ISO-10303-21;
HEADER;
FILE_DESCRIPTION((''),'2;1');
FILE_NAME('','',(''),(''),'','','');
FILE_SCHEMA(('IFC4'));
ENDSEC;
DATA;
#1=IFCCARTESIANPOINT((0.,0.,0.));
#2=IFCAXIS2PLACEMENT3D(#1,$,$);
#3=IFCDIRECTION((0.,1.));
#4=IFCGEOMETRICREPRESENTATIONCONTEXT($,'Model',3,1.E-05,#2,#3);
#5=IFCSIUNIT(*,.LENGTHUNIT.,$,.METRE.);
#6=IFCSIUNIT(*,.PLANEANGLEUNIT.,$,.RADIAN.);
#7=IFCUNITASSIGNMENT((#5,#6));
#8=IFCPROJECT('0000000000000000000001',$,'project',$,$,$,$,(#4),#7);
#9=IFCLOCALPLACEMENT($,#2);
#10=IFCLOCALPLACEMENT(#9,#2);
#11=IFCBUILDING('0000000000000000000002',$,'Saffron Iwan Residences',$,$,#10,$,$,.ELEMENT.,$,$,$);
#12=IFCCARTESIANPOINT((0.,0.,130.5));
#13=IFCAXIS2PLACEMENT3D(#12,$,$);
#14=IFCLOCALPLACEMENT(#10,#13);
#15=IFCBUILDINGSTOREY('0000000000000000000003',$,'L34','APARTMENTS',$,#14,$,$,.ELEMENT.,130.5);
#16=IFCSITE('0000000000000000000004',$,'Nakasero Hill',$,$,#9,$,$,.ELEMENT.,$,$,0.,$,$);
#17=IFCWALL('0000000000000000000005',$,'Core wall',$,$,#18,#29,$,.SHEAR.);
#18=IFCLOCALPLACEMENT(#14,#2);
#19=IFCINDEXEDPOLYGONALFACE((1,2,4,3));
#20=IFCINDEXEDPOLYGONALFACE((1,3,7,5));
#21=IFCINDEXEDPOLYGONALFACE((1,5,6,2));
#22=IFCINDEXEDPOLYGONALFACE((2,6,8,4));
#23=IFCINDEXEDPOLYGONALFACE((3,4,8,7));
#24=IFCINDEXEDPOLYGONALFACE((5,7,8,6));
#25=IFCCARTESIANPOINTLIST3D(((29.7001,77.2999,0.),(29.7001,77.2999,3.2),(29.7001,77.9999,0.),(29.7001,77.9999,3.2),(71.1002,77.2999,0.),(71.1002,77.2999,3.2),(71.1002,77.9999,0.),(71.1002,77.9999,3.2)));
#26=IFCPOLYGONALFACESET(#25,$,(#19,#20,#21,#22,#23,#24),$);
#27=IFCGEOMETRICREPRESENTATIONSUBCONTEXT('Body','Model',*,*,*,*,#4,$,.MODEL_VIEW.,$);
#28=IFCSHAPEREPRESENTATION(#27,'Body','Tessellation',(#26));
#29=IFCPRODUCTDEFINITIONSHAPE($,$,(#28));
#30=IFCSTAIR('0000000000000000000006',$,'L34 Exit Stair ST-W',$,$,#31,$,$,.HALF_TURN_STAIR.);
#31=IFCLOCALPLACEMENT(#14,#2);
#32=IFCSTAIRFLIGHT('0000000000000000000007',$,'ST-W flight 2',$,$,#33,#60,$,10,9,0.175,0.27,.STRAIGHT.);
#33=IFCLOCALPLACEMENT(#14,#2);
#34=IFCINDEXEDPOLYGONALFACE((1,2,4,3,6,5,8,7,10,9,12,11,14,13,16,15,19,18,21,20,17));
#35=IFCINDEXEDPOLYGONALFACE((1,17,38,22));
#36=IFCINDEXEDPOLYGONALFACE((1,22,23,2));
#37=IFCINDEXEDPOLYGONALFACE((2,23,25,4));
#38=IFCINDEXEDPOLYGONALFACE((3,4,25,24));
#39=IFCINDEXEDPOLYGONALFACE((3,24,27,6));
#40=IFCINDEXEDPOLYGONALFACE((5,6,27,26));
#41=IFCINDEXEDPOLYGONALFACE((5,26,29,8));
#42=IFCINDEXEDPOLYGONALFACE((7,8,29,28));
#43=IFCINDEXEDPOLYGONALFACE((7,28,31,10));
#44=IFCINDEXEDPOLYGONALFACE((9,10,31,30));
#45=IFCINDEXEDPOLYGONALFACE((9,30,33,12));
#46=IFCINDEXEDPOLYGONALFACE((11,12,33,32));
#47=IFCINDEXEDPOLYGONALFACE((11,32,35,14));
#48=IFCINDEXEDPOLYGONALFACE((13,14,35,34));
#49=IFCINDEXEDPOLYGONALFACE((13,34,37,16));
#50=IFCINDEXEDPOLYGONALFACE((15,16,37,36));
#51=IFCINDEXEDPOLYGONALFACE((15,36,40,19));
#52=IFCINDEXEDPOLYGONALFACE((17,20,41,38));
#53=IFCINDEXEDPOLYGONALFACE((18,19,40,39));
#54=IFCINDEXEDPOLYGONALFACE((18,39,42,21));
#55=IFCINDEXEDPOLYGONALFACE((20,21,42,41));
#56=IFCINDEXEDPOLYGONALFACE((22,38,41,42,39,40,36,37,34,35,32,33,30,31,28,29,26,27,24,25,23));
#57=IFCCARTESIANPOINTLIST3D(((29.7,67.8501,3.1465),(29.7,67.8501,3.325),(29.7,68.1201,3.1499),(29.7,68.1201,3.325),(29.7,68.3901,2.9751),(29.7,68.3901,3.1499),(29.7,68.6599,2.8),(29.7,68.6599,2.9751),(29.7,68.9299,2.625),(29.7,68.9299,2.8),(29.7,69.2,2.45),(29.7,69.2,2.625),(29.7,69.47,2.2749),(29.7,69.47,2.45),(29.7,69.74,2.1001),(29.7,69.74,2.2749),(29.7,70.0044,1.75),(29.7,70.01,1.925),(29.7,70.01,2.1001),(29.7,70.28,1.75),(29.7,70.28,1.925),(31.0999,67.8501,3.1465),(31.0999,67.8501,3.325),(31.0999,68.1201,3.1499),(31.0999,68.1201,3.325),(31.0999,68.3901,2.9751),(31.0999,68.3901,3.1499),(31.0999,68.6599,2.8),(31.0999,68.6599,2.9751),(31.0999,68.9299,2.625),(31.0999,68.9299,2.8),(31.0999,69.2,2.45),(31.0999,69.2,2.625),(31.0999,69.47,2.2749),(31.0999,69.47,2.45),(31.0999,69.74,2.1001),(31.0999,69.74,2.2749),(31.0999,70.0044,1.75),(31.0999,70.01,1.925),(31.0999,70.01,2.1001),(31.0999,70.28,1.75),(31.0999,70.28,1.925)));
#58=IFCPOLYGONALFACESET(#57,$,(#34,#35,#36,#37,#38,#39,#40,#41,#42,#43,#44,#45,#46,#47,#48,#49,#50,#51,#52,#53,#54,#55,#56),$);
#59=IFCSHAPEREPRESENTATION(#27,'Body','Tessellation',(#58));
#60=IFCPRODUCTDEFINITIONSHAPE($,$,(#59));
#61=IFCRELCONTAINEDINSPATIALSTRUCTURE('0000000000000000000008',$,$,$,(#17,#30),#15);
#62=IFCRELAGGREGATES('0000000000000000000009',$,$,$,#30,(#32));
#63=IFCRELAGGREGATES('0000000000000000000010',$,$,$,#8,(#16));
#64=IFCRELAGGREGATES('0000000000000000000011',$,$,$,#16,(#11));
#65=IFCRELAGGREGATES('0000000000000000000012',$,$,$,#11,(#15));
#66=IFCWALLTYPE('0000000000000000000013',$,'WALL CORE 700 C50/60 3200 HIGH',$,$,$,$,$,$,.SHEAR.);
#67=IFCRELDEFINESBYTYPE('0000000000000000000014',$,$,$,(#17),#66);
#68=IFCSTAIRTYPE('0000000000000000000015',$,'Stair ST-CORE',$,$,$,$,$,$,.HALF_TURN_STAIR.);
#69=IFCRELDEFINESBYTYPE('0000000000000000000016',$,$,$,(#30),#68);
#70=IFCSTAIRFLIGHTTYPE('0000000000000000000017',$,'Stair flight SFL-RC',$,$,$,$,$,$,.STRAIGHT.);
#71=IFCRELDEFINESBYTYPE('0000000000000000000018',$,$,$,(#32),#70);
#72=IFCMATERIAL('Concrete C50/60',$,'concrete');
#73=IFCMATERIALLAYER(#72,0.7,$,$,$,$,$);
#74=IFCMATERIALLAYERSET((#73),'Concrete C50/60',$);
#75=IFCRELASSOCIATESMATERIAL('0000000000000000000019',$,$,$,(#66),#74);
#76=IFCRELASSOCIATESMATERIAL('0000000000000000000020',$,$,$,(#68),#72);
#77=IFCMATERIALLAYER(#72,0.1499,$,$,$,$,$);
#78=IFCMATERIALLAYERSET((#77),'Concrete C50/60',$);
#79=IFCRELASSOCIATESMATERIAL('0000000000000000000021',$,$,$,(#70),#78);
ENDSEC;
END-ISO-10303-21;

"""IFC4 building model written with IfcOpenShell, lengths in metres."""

from ifc_helpers import new_model, si_unit, direction, frame, frame_2d, origin, place, context, subcontext, project, spatial, polyline, rectangle, outline, extrude, material, layer, layer_set, type_object, element, aggregate, save


model = new_model("IFC4")

# Units and contexts
model_context = context("Model", 3, precision=1e-05, world=origin(), true_north=direction((0.0, 1.0)))
body_context = subcontext(model_context, "Body", "Model", "MODEL_VIEW")
ifc_project = project(units=[si_unit("LENGTHUNIT", "METRE"), si_unit("PLANEANGLEUNIT", "RADIAN")], contexts=[model_context])

# Site, building, storey
site_placement = place(None, origin())
site = spatial("IfcSite", under=ifc_project, at=site_placement, Name="Nakasero Hill", CompositionType="ELEMENT", RefElevation=0.0)
building_placement = place(site_placement, origin())
building = spatial("IfcBuilding", under=site, at=building_placement, Name="Saffron Iwan Residences", CompositionType="ELEMENT")
storey_placement = place(building_placement, frame((0.0, 0.0, 130.5)))
storey = spatial("IfcBuildingStorey", under=building, at=storey_placement, Name="L34", Description="APARTMENTS", CompositionType="ELEMENT", Elevation=130.5)

# Shared definitions
ifc_material_1 = material(Name="Concrete C50/60", Category="concrete")

# Wall
ifc_layer_1 = layer(ifc_material_1, 0.7)
ifc_layer_set_1 = layer_set([ifc_layer_1], Name="Concrete C50/60")
wall_type_1 = type_object("IfcWallType", Name="WALL CORE 700 C50/60 3200 HIGH", PredefinedType="SHEAR", material=ifc_layer_set_1)
wall_1_placement = place(storey_placement, frame((29.7, 77.6499, 0.0), z_axis=(0.0, 0.0, 1.0), x_axis=(1.0, 0.0, 0.0)))
element("IfcWall", 1, at=wall_1_placement, inside=storey, type_object=wall_type_1, Name="Core wall", PredefinedType="SHEAR", context=body_context, shape_type="SweptSolid", body=[
    extrude(rectangle(XDim=41.4001, YDim=0.7, at=frame_2d((20.7002, 0.0))), origin(), (0.0, 0.0, 1.0), 3.2),
])

# Stair, stair flight
stair_type = type_object("IfcStairType", Name="Stair ST-CORE", PredefinedType="HALF_TURN_STAIR", material=ifc_material_1)
stair_placement = place(storey_placement, origin())
stair = element("IfcStair", 2, at=stair_placement, inside=storey, type_object=stair_type, Name="L34 Exit Stair ST-W", PredefinedType="HALF_TURN_STAIR")
ifc_layer_2 = layer(ifc_material_1, 0.1499)
ifc_layer_set_2 = layer_set([ifc_layer_2], Name="Concrete C50/60")
stair_flight_type = type_object("IfcStairFlightType", Name="Stair flight SFL-RC", PredefinedType="STRAIGHT", material=ifc_layer_set_2)
stair_flight_placement = place(storey_placement, frame((30.3999, 70.28, 1.75), z_axis=(0.0, 0.0, 1.0), x_axis=(0.0, -1.0, 0.0)))
stair_flight = element("IfcStairFlight", 3, at=stair_flight_placement, type_object=stair_flight_type, Name="ST-W flight 2", NumberOfRisers=10, NumberOfTreads=9, PredefinedType="STRAIGHT", RiserHeight=0.175, TreadLength=0.27, context=body_context, shape_type="SweptSolid", body=[
    extrude(outline(polyline([(0.0, 0.0), (0.0, 0.175), (0.27, 0.175), (0.27, 0.3501), (0.54, 0.3501), (0.54, 0.5249), (0.8101, 0.5249), (0.8101, 0.7), (1.0801, 0.7), (1.0801, 0.875), (1.3501, 0.875), (1.3501, 1.05), (1.6201, 1.05), (1.6201, 1.2251), (1.8899, 1.2251), (1.8899, 1.3999), (2.1599, 1.3999), (2.1599, 1.575), (2.4299, 1.575), (2.4299, 1.75), (2.4299, 1.3965), (0.2756, 0.0), (0.0, 0.0)])), frame((0.0, 0.7, 0.0), z_axis=(0.0, -1.0, 0.0), x_axis=(1.0, 0.0, 0.0)), (0.0, 0.0, 1.0), 1.3999),
])
aggregate(stair, [stair_flight])

save(model, "model.ifc")
